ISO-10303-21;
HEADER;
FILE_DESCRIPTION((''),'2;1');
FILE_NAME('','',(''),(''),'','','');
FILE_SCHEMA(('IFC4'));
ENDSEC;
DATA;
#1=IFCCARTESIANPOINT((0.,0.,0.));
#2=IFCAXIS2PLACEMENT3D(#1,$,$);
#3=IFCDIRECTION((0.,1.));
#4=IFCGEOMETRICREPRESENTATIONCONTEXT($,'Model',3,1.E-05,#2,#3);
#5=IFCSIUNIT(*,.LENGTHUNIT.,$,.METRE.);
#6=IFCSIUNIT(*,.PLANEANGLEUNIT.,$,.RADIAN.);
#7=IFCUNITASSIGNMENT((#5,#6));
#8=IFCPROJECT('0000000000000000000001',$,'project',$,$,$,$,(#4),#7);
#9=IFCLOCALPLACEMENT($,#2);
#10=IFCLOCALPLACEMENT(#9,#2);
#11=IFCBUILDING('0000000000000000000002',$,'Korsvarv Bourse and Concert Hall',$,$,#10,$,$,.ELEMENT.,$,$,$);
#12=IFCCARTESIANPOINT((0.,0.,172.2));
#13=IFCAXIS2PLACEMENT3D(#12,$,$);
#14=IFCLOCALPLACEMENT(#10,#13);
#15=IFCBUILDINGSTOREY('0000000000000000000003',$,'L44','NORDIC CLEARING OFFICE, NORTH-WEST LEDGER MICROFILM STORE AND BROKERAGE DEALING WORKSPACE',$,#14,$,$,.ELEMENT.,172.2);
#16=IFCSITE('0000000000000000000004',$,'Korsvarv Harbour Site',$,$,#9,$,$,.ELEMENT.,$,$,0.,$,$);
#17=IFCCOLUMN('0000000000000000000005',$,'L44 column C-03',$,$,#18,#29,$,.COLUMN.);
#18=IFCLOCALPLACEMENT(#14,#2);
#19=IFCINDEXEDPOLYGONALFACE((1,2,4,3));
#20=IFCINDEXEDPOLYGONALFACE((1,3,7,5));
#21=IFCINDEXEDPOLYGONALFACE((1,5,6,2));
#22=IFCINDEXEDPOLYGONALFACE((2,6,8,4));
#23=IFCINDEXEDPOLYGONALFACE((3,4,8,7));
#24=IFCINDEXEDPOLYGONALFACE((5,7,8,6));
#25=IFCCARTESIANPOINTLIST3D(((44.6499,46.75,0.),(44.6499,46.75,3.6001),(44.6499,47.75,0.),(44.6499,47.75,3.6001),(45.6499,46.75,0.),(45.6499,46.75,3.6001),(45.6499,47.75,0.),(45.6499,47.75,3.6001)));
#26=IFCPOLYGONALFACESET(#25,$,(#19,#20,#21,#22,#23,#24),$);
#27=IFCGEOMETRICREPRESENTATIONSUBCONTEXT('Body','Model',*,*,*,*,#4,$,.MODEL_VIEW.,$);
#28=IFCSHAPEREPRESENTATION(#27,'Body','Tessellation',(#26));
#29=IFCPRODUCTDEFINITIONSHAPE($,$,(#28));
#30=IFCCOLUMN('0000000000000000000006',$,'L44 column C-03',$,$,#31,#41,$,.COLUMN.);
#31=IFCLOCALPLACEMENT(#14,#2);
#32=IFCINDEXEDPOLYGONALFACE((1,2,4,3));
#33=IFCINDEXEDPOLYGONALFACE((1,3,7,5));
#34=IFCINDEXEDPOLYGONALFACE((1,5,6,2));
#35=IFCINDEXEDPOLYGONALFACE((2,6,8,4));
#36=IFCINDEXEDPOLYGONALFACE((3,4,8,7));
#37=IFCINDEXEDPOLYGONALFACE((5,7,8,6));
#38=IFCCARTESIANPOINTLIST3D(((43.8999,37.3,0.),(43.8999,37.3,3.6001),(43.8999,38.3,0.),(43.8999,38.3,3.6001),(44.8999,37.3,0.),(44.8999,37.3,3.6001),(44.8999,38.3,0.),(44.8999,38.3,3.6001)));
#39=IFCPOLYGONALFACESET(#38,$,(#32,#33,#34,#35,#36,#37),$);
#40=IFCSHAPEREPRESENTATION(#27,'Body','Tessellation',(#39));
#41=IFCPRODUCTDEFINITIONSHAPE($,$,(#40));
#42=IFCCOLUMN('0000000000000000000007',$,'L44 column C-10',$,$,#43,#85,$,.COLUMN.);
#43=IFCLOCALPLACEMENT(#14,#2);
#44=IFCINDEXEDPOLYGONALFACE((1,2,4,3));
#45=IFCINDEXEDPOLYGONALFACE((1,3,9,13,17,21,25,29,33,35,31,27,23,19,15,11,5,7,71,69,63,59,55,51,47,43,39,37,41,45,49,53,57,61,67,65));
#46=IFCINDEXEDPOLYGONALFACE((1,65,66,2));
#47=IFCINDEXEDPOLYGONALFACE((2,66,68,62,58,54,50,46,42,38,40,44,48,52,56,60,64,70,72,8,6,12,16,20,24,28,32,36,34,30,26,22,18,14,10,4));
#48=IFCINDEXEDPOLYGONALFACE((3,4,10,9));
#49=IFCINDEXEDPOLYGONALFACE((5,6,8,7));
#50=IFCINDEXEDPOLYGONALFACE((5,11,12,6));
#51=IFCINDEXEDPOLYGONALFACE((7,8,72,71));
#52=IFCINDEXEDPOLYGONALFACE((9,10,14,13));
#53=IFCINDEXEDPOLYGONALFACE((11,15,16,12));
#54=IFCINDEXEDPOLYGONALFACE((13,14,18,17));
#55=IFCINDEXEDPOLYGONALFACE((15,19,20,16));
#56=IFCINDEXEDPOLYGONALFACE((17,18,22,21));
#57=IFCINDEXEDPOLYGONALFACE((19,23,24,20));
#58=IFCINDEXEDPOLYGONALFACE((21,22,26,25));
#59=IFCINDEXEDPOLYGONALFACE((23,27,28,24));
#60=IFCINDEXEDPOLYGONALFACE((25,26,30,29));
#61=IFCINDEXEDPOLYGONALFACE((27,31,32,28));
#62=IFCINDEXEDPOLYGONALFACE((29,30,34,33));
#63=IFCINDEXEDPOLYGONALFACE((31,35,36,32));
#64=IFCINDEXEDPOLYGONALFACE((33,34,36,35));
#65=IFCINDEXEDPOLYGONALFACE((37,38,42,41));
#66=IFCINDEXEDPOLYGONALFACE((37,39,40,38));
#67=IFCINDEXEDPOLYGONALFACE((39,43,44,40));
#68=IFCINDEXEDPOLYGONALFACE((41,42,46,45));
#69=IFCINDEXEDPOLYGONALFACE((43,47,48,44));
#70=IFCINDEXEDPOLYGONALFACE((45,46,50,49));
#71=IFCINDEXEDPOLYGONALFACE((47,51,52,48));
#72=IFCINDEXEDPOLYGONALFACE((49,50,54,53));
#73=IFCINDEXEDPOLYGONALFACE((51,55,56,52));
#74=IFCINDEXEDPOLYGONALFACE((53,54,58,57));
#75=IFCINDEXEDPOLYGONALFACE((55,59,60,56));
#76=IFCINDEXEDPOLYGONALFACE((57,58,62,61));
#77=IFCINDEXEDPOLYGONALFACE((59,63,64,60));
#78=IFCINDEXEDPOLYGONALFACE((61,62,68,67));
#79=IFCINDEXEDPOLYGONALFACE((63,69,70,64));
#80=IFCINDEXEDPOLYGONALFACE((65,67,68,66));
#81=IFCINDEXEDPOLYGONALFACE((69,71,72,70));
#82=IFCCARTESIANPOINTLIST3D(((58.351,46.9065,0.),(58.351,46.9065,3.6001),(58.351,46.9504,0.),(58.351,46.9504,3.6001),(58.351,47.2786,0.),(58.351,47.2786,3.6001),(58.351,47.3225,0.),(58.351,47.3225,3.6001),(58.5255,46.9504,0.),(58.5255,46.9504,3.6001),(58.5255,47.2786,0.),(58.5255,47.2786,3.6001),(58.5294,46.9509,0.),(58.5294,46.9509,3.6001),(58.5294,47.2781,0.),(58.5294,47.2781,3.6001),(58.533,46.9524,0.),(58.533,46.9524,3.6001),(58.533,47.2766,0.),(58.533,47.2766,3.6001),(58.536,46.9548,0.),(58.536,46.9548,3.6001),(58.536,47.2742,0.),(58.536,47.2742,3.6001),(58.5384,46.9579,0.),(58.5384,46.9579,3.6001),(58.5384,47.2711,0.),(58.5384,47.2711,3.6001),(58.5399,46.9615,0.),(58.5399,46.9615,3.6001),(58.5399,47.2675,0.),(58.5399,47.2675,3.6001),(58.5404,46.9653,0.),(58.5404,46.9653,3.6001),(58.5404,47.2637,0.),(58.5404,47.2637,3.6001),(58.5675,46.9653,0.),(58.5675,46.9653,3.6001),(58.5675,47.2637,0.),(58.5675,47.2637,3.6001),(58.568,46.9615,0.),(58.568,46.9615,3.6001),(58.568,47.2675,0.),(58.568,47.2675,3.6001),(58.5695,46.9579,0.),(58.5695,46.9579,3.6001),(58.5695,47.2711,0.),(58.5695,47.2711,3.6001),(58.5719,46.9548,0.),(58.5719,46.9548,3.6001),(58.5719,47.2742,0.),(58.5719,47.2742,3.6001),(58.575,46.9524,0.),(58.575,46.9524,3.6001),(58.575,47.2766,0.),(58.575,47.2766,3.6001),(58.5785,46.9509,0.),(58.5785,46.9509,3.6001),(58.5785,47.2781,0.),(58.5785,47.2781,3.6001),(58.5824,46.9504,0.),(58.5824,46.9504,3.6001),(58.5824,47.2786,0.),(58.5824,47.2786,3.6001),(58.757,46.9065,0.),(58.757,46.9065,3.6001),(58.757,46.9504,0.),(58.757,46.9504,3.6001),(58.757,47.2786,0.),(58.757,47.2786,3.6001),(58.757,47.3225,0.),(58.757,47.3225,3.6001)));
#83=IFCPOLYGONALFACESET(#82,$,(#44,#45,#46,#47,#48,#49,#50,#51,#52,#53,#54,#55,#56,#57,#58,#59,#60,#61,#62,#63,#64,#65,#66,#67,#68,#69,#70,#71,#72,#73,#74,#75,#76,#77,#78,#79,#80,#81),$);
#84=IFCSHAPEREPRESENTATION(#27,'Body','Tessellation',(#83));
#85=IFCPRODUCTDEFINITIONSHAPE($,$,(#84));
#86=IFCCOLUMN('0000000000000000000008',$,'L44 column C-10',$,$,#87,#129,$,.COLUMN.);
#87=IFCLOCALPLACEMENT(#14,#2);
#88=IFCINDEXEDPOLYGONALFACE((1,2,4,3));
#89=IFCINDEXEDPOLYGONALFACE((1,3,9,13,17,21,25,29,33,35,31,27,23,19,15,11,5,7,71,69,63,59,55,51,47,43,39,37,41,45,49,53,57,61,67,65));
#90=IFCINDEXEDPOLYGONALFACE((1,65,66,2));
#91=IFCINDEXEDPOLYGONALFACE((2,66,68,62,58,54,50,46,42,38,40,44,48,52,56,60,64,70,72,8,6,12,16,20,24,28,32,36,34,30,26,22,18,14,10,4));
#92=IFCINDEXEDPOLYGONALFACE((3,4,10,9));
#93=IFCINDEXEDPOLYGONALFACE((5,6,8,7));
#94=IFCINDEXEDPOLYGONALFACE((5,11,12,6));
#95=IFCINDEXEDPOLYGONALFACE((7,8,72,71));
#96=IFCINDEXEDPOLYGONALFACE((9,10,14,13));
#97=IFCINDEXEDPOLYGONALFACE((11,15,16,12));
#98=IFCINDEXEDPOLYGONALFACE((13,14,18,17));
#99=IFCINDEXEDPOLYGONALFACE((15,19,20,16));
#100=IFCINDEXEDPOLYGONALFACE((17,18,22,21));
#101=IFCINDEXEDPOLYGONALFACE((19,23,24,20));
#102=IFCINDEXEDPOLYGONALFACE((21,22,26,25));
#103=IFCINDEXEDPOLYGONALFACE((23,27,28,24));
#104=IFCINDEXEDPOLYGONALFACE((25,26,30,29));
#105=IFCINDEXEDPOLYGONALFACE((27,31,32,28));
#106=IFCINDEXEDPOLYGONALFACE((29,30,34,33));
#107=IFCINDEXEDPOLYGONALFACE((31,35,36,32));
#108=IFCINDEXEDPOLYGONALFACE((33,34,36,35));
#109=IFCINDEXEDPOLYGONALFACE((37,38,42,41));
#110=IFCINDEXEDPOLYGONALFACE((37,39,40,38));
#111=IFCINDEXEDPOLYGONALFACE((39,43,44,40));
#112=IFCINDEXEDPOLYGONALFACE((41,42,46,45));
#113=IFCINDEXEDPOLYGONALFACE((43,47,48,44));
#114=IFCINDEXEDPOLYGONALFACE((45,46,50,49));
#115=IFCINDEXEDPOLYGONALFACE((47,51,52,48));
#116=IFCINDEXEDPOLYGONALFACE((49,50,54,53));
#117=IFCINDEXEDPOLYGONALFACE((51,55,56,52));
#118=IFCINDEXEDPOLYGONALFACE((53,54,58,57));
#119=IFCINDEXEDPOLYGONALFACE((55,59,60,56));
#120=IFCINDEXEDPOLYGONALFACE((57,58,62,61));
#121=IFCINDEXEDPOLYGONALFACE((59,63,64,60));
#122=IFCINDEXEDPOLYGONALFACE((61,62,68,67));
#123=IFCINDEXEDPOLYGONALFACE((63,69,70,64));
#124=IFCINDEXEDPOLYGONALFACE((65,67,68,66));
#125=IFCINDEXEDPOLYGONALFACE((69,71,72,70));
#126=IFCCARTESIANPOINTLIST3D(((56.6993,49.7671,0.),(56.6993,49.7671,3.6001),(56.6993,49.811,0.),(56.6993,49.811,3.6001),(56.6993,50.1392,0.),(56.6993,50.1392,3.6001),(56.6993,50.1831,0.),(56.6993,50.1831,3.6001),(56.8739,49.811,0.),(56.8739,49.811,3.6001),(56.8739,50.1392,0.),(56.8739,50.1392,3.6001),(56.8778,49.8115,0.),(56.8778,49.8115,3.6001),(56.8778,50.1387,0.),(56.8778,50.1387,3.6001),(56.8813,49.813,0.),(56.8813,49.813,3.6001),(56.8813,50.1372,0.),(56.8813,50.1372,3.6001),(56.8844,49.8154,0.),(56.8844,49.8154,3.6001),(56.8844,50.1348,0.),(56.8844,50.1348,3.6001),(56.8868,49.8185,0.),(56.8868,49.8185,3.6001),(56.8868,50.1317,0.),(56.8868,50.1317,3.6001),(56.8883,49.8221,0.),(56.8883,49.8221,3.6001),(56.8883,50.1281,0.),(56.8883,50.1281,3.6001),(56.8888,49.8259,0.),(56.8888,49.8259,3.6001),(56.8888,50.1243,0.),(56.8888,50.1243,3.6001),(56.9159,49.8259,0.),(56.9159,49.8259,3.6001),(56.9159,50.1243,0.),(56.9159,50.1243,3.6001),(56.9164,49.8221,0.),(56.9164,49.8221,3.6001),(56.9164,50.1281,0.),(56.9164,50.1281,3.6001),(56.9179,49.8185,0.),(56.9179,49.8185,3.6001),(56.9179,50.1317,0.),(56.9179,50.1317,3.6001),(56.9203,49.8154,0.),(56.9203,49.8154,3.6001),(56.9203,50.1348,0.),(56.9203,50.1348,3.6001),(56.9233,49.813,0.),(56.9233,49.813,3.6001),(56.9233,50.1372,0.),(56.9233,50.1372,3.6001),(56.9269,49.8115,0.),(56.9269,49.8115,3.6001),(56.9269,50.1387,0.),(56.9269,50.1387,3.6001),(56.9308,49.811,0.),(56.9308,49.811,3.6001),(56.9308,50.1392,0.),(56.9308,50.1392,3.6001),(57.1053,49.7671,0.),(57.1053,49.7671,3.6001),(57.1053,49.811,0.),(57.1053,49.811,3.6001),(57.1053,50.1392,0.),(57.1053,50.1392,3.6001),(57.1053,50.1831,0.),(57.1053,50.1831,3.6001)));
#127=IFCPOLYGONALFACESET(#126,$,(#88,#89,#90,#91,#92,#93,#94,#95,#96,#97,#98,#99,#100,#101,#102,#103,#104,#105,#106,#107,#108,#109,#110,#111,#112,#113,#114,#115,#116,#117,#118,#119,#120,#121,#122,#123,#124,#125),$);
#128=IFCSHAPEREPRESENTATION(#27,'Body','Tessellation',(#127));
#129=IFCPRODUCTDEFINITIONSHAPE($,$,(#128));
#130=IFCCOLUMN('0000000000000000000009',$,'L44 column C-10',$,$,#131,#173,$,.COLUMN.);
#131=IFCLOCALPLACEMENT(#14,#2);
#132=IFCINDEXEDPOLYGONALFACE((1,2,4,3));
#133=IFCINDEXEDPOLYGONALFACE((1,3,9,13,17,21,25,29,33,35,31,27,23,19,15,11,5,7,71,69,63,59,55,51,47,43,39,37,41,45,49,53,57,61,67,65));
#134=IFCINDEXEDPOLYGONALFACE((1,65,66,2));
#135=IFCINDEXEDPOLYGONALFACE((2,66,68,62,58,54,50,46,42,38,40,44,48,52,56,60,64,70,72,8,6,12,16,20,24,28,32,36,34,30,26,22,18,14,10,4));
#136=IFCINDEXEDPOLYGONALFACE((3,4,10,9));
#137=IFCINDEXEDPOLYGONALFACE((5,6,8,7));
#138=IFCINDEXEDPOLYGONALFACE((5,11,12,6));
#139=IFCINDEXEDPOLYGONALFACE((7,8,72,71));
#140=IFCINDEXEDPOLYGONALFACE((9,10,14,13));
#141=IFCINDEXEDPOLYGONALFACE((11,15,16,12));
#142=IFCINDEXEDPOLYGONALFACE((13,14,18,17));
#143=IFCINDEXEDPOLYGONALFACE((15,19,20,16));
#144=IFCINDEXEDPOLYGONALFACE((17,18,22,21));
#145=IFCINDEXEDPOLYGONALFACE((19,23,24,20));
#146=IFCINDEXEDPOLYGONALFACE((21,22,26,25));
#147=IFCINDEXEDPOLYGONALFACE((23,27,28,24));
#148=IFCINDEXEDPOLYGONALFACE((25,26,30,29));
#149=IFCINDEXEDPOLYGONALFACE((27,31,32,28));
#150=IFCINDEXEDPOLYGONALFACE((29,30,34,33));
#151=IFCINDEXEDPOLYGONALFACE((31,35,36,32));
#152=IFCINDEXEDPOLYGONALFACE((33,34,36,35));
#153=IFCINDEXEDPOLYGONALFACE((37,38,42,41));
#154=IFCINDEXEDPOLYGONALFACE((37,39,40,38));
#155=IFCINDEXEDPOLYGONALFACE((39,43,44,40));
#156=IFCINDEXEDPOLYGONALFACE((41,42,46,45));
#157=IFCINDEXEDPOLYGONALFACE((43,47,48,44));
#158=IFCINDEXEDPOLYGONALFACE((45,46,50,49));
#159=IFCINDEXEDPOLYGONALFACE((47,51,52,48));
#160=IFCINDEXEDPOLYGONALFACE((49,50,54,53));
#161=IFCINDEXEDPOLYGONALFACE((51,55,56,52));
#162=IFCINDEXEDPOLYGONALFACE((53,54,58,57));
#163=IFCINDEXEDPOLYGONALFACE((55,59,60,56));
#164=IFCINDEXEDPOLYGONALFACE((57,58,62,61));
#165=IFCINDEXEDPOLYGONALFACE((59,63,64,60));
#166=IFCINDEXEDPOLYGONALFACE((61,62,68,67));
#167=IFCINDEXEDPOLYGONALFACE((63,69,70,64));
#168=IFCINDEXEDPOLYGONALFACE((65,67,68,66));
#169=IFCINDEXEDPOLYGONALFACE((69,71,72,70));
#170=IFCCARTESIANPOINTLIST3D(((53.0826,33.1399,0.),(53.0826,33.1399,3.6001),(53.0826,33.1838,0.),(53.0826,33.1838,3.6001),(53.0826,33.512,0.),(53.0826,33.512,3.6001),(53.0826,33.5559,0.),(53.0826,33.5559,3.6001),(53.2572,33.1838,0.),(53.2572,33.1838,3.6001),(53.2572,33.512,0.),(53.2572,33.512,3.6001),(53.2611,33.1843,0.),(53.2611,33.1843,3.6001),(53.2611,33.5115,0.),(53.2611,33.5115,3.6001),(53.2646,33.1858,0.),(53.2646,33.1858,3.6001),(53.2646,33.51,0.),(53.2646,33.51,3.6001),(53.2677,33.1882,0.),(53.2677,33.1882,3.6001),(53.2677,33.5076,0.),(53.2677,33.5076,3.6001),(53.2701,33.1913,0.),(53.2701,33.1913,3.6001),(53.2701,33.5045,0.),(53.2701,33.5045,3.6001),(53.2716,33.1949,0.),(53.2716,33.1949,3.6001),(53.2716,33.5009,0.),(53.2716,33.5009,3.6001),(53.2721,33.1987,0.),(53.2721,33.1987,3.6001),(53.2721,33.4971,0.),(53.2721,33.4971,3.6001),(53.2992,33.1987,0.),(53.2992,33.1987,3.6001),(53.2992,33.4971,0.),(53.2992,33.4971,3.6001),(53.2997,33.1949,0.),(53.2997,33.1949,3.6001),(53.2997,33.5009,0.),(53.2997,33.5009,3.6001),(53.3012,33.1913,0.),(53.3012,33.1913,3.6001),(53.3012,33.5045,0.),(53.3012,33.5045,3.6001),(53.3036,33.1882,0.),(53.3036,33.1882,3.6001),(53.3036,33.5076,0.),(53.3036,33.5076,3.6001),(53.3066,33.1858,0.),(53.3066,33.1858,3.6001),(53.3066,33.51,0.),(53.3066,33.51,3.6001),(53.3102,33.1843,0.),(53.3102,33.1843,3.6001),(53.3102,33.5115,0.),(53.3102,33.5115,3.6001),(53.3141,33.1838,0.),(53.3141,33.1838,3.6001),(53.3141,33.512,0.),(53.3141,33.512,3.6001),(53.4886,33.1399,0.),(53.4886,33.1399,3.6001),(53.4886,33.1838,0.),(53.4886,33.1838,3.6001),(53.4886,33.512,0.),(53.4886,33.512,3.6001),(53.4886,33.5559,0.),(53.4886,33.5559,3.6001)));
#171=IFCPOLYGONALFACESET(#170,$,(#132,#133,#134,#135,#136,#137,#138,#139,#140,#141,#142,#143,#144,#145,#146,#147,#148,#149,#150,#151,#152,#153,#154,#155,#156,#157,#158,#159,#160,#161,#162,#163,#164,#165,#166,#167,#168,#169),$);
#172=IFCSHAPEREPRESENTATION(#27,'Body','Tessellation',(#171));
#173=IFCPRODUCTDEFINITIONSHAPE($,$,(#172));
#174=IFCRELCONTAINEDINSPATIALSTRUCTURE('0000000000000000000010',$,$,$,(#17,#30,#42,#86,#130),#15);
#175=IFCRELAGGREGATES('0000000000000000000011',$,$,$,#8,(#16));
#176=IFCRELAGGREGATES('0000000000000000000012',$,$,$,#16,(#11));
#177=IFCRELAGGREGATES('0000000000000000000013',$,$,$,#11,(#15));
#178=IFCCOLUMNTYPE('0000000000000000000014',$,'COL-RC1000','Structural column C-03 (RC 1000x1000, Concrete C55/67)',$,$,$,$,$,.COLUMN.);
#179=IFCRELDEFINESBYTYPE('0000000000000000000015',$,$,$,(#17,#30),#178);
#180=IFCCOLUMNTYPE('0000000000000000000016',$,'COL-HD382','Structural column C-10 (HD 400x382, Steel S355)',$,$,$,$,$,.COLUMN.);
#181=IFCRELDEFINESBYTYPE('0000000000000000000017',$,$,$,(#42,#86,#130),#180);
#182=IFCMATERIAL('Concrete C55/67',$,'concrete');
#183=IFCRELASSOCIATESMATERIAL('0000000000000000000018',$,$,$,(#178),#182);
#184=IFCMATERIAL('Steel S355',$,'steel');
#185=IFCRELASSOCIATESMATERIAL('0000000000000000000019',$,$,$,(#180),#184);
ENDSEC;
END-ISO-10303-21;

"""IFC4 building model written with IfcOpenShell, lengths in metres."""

from ifc_helpers import new_model, si_unit, direction, frame, origin, origin_2d, place, context, subcontext, project, spatial, rectangle, i_section, extrude, source, transform, mapped, material, material_profile, profile_set, type_object, element, save


model = new_model("IFC4")

# Units and contexts
model_context = context("Model", 3, precision=1e-05, world=origin(), true_north=direction((0.0, 1.0)))
body_context = subcontext(model_context, "Body", "Model", "MODEL_VIEW")
ifc_project = project(units=[si_unit("LENGTHUNIT", "METRE"), si_unit("PLANEANGLEUNIT", "RADIAN")], contexts=[model_context])

# Site, building, storey
site_placement = place(None, origin())
site = spatial("IfcSite", under=ifc_project, at=site_placement, Name="Korsvarv Harbour Site", CompositionType="ELEMENT", RefElevation=0.0)
building_placement = place(site_placement, origin())
building = spatial("IfcBuilding", under=site, at=building_placement, Name="Korsvarv Bourse and Concert Hall", CompositionType="ELEMENT")
storey_placement = place(building_placement, frame((0.0, 0.0, 172.2)))
storey = spatial("IfcBuildingStorey", under=building, at=storey_placement, Name="L44", Description="NORDIC CLEARING OFFICE, NORTH-WEST LEDGER MICROFILM STORE AND BROKERAGE DEALING WORKSPACE", CompositionType="ELEMENT", Elevation=172.2)

# Columns
ifc_material_1 = material(Name="Concrete C55/67", Category="concrete")
ifc_material_profile_1 = material_profile(ifc_material_1, rectangle(XDim=1.0, YDim=1.0, at=origin_2d()), Name="RC 1000x1000")
ifc_profile_set_1 = profile_set([ifc_material_profile_1], Name="Concrete C55/67")
column_type_1 = type_object("IfcColumnType", Name="COL-RC1000", Description="Structural column C-03 (RC 1000x1000, Concrete C55/67)", PredefinedType="COLUMN", material=ifc_profile_set_1)
shared_shape_1 = source(origin(), body_context, "Body", "SweptSolid", [
    extrude(rectangle(XDim=1.0, YDim=1.0, at=origin_2d()), origin(), (0.0, 0.0, 1.0), 3.6001),
])
for number, where, z_axis, x_axis, name in (
    (1, (45.1499, 47.25, 0.0), (0.0, 0.0, 1.0), (1.0, 0.0, 0.0), "L44 column C-03"),
    (2, (44.3999, 37.8, 0.0), (0.0, 0.0, 1.0), (1.0, 0.0, 0.0), "L44 column C-03"),
):
    element("IfcColumn", number, at=place(storey_placement, frame(where, z_axis=z_axis, x_axis=x_axis)), inside=storey, type_object=column_type_1, Name=name, PredefinedType="COLUMN", context=body_context, shape_type="MappedRepresentation", body=[
        mapped(shared_shape_1, transform((0.0, 0.0, 0.0), scale=1.0)),
    ])
ifc_material_2 = material(Name="Steel S355", Category="steel")
ifc_material_profile_2 = material_profile(ifc_material_2, i_section(OverallWidth=0.406, OverallDepth=0.416, WebThickness=0.0271, FlangeThickness=0.0439, FilletRadius=0.0149, at=origin_2d()), Name="HD 400x382")
ifc_profile_set_2 = profile_set([ifc_material_profile_2], Name="Steel S355")
column_type_2 = type_object("IfcColumnType", Name="COL-HD382", Description="Structural column C-10 (HD 400x382, Steel S355)", PredefinedType="COLUMN", material=ifc_profile_set_2)
shared_shape_2 = source(origin(), body_context, "Body", "SweptSolid", [
    extrude(i_section(OverallWidth=0.406, OverallDepth=0.416, WebThickness=0.0271, FlangeThickness=0.0439, FilletRadius=0.0149, at=origin_2d()), origin(), (0.0, 0.0, 1.0), 3.6001),
])
for number, where, z_axis, x_axis, name in (
    (3, (58.554, 47.1145, 0.0), (0.0, 0.0, 1.0), (1.0, 0.0, 0.0), "L44 column C-10"),
    (4, (56.9023, 49.9751, 0.0), (0.0, 0.0, 1.0), (1.0, 0.0, 0.0), "L44 column C-10"),
    (5, (53.2856, 33.3479, 0.0), (0.0, 0.0, 1.0), (1.0, 0.0, 0.0), "L44 column C-10"),
):
    element("IfcColumn", number, at=place(storey_placement, frame(where, z_axis=z_axis, x_axis=x_axis)), inside=storey, type_object=column_type_2, Name=name, PredefinedType="COLUMN", context=body_context, shape_type="MappedRepresentation", body=[
        mapped(shared_shape_2, transform((0.0, 0.0, 0.0), scale=1.0)),
    ])

save(model, "model.ifc")
